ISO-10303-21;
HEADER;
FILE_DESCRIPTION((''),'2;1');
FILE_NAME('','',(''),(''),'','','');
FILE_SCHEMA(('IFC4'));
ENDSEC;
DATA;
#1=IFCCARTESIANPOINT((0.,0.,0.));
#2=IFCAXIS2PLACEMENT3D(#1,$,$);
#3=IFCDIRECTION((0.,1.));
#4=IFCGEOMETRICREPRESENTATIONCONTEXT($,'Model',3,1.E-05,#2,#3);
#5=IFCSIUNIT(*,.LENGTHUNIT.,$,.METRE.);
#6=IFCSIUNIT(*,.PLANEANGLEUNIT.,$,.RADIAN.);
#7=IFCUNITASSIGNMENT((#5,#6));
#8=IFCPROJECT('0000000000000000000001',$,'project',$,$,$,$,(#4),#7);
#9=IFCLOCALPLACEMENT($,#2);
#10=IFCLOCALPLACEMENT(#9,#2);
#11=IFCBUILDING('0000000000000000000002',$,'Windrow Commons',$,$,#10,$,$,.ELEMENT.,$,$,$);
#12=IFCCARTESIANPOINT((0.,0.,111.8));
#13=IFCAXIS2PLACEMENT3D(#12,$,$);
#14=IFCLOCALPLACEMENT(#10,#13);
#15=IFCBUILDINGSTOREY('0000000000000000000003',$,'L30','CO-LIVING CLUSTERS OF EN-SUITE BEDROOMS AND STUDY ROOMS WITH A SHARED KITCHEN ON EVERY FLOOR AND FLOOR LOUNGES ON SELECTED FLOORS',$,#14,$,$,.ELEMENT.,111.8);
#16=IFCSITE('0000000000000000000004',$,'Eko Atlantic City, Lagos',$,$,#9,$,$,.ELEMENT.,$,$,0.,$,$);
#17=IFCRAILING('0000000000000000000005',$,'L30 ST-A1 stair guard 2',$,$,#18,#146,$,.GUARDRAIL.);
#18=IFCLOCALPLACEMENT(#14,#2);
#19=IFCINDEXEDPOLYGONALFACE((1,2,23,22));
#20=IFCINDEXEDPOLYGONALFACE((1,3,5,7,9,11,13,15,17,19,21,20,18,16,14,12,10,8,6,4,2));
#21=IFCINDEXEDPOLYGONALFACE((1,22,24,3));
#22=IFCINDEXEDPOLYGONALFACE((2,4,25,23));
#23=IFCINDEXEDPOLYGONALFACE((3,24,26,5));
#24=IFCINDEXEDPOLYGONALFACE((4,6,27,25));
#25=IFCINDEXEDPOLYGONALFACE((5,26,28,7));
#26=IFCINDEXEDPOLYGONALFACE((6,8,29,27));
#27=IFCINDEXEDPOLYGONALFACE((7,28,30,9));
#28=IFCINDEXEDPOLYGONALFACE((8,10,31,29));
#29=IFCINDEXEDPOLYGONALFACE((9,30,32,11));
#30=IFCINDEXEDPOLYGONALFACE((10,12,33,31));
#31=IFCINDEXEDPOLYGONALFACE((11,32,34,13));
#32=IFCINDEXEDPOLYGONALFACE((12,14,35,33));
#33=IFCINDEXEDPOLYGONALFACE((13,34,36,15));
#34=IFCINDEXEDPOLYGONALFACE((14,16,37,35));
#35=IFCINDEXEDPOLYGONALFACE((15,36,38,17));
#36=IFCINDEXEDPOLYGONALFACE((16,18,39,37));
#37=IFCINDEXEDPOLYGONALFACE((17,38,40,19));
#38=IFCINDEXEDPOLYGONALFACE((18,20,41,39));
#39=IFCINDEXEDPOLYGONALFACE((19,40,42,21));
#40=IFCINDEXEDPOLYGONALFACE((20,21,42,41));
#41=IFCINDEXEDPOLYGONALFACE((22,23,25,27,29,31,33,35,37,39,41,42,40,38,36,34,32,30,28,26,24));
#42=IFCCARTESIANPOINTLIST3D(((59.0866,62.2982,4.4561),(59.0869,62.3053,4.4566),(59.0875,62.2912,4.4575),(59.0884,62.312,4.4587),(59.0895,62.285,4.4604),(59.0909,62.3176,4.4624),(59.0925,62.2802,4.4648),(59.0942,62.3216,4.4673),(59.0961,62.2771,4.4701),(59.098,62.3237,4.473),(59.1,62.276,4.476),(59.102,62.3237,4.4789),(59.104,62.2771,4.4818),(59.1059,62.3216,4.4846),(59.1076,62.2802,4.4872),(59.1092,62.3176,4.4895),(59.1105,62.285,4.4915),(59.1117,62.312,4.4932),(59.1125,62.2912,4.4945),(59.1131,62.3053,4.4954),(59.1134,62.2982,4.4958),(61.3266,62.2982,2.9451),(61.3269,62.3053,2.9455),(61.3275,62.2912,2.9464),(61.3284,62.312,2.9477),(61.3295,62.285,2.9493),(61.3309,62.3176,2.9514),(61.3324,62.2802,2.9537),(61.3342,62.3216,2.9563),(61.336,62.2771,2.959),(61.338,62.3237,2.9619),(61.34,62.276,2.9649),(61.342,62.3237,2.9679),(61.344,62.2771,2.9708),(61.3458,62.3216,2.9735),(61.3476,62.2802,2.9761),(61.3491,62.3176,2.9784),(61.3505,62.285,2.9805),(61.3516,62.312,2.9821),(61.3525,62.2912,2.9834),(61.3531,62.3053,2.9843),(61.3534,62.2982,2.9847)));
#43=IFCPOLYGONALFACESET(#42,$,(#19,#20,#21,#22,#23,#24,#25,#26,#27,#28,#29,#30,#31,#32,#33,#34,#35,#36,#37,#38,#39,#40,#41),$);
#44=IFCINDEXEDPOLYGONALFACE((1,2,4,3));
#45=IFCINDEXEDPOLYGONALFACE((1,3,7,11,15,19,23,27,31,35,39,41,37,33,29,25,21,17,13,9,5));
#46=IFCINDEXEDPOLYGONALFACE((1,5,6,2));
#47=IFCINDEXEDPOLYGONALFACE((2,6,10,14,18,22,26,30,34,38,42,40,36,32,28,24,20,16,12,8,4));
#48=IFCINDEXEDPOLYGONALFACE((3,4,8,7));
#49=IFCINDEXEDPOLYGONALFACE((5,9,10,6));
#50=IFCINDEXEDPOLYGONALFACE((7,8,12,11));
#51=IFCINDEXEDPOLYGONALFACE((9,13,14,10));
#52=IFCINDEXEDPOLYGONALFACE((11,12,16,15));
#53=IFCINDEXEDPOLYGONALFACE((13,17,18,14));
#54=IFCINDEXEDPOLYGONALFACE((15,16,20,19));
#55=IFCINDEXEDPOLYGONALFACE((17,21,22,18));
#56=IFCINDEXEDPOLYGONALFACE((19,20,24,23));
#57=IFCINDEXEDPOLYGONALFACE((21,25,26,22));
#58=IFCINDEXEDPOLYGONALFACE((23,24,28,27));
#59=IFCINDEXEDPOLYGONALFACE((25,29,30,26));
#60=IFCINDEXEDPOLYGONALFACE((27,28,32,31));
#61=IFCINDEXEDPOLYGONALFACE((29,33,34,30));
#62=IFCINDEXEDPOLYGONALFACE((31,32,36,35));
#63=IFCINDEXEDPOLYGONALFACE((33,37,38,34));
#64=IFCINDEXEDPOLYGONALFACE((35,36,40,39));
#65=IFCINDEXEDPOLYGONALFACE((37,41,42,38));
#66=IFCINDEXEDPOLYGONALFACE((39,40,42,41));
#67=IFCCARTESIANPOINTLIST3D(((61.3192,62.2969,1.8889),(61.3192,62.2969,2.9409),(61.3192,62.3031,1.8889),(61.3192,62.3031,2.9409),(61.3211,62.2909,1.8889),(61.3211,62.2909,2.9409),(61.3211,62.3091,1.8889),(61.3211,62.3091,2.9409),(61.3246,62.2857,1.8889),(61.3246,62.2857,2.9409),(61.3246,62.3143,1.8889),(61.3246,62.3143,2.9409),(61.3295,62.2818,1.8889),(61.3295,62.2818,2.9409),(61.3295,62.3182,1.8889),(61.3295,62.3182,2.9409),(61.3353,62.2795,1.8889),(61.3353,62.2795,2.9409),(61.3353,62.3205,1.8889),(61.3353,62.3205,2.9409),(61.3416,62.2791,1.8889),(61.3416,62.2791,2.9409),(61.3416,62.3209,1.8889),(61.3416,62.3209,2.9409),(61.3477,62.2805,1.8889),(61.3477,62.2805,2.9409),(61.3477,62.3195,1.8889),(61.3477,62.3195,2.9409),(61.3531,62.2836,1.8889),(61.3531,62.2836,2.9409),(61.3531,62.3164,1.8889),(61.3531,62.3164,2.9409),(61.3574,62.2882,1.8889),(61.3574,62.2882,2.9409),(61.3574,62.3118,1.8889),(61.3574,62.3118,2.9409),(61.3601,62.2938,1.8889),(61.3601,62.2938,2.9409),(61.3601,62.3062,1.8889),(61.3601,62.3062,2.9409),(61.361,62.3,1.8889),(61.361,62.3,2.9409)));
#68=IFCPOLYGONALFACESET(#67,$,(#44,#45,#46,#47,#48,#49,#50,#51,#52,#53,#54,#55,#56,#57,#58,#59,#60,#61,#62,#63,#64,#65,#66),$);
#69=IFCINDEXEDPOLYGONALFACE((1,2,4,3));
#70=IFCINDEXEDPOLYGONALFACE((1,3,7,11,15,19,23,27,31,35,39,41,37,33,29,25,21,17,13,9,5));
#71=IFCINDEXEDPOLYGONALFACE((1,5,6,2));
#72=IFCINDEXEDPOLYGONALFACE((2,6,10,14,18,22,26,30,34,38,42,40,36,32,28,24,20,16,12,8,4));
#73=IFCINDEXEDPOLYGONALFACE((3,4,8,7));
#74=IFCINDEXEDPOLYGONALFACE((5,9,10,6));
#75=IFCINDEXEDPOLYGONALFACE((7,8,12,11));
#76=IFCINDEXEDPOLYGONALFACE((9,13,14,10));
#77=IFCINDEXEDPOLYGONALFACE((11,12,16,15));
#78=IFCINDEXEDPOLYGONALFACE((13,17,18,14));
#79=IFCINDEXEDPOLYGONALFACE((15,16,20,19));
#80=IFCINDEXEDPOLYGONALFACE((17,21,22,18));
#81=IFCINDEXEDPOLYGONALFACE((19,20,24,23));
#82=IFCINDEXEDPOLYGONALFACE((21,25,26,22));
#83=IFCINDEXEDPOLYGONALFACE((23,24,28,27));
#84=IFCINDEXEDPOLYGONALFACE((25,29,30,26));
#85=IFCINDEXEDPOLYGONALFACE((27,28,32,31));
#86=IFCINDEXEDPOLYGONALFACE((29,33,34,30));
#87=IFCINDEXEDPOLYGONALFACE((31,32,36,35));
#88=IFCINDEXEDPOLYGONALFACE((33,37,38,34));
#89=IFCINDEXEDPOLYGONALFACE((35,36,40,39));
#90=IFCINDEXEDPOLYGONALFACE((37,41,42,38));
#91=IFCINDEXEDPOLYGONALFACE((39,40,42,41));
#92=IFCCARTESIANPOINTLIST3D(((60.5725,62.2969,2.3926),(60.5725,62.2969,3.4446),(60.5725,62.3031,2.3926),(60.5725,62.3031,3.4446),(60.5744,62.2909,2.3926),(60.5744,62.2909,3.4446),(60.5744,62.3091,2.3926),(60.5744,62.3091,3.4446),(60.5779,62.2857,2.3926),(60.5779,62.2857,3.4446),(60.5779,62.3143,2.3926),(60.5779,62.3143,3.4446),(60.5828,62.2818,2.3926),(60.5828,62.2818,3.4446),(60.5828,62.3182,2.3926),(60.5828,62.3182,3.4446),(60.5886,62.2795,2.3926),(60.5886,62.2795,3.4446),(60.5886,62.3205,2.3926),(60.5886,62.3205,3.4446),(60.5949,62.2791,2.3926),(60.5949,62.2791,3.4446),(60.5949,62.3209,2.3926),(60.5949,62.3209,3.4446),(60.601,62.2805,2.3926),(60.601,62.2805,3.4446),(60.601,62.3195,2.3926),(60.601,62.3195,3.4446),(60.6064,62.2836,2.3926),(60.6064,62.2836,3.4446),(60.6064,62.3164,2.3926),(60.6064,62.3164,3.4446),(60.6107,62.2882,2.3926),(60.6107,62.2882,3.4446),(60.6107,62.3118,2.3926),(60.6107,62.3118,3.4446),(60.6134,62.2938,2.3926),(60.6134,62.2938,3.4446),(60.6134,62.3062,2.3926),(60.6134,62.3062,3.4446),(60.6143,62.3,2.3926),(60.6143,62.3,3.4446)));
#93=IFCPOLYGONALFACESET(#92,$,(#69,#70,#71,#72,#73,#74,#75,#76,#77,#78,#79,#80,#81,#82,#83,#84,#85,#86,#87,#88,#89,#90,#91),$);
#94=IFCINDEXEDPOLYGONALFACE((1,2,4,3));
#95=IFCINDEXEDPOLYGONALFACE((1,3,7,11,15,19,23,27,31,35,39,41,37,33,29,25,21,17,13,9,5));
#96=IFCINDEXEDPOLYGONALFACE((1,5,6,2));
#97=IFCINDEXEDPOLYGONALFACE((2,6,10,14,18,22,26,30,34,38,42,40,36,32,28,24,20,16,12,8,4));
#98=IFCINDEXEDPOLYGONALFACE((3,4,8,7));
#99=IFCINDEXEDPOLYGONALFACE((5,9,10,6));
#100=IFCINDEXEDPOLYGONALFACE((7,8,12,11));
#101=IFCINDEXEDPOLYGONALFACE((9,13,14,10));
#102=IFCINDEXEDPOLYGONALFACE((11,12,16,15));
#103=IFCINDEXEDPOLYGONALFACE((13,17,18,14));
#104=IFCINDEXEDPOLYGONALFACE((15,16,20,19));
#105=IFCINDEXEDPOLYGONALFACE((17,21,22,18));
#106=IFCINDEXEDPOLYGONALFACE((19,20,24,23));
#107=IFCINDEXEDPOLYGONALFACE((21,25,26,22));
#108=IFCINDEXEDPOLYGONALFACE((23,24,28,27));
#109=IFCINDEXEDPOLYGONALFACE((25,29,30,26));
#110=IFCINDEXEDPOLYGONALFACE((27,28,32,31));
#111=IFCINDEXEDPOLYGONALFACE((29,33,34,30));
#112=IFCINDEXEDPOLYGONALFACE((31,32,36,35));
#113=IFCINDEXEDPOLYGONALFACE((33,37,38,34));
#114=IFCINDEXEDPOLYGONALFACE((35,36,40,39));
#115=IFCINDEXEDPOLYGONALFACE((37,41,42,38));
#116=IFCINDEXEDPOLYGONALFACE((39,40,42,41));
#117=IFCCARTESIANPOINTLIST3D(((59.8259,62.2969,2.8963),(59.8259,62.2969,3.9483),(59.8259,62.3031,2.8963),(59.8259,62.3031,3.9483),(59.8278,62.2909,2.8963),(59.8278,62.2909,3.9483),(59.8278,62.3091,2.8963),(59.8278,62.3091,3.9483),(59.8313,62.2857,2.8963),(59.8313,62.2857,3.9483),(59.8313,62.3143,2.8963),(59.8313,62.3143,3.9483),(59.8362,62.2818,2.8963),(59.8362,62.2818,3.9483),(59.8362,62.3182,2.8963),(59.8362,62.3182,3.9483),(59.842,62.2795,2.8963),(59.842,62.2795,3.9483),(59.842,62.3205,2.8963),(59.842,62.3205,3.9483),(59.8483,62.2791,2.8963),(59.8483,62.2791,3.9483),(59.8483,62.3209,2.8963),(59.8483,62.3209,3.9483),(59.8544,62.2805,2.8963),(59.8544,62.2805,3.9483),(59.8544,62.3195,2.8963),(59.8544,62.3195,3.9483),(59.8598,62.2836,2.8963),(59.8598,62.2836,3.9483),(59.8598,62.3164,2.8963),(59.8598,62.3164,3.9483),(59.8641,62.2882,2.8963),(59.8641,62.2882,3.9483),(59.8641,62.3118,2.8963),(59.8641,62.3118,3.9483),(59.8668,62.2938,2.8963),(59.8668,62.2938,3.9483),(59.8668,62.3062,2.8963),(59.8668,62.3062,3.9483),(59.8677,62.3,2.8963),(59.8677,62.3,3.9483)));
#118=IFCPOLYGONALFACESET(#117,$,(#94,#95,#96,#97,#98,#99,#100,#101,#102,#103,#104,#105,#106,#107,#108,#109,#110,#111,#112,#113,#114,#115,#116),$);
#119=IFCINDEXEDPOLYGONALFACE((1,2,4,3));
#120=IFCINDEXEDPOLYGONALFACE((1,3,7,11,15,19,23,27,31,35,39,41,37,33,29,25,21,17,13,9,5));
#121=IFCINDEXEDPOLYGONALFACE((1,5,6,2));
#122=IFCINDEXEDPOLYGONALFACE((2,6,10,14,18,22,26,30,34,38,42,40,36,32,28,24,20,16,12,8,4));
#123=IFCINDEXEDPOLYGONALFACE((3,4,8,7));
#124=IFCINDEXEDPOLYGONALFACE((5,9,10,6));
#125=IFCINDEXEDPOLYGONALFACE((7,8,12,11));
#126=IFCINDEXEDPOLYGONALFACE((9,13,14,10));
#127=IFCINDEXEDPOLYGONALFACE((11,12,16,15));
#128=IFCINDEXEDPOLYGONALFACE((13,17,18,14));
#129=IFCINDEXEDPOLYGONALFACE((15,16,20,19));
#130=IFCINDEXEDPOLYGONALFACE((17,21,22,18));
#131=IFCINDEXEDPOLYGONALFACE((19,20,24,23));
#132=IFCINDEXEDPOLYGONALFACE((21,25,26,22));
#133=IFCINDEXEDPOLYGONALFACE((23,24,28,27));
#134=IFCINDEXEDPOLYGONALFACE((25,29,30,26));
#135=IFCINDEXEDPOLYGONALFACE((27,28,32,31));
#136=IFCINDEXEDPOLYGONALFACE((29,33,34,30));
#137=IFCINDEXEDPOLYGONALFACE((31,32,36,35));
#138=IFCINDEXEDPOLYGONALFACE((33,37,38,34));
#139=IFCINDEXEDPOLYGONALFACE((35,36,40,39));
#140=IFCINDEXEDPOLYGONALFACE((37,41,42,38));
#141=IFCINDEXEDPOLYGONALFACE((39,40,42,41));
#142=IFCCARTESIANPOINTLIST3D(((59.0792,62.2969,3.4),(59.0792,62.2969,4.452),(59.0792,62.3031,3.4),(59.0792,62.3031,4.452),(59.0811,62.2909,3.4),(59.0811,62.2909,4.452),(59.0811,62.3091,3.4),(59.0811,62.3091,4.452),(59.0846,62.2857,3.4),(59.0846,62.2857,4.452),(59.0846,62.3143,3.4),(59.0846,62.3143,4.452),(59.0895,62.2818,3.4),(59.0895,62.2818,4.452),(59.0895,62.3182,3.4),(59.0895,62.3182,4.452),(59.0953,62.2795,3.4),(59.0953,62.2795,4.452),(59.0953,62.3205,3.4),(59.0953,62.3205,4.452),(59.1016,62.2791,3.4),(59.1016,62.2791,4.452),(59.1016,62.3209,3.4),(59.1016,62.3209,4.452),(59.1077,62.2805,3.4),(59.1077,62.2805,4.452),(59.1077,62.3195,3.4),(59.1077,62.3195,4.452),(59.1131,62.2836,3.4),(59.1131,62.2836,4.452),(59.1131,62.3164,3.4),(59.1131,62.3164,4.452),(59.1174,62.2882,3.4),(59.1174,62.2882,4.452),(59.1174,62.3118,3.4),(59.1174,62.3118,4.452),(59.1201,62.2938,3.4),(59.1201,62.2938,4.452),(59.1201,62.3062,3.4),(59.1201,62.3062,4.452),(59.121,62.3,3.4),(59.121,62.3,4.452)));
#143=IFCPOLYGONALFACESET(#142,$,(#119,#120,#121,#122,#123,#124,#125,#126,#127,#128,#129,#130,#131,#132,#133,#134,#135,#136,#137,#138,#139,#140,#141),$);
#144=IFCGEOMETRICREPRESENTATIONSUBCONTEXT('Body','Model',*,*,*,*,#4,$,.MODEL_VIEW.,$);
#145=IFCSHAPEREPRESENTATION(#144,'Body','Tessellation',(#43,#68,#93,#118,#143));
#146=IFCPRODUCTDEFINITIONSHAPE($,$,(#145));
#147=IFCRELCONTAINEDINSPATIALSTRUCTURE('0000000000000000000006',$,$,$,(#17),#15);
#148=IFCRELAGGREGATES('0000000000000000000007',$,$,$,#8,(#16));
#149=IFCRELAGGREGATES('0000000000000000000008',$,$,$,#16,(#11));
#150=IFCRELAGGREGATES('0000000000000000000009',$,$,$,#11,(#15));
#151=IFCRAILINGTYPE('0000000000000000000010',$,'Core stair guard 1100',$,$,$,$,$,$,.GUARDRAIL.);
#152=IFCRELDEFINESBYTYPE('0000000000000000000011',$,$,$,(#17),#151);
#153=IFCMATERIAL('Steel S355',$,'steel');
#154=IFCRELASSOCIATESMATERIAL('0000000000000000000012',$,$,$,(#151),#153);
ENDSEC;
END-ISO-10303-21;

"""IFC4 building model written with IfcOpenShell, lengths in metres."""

from ifc_helpers import new_model, si_unit, direction, frame, origin, origin_2d, place, context, subcontext, project, spatial, circle, extrude, material, type_object, element, save


model = new_model("IFC4")

# Units and contexts
model_context = context("Model", 3, precision=1e-05, world=origin(), true_north=direction((0.0, 1.0)))
body_context = subcontext(model_context, "Body", "Model", "MODEL_VIEW")
ifc_project = project(units=[si_unit("LENGTHUNIT", "METRE"), si_unit("PLANEANGLEUNIT", "RADIAN")], contexts=[model_context])

# Site, building, storey
site_placement = place(None, origin())
site = spatial("IfcSite", under=ifc_project, at=site_placement, Name="Eko Atlantic City, Lagos", CompositionType="ELEMENT", RefElevation=0.0)
building_placement = place(site_placement, origin())
building = spatial("IfcBuilding", under=site, at=building_placement, Name="Windrow Commons", CompositionType="ELEMENT")
storey_placement = place(building_placement, frame((0.0, 0.0, 111.8)))
storey = spatial("IfcBuildingStorey", under=building, at=storey_placement, Name="L30", Description="CO-LIVING CLUSTERS OF EN-SUITE BEDROOMS AND STUDY ROOMS WITH A SHARED KITCHEN ON EVERY FLOOR AND FLOOR LOUNGES ON SELECTED FLOORS", CompositionType="ELEMENT", Elevation=111.8)

# Railing
ifc_material_1 = material(Name="Steel S355", Category="steel")
railing_type_1 = type_object("IfcRailingType", Name="Core stair guard 1100", PredefinedType="GUARDRAIL", material=ifc_material_1)
railing_1_placement = place(storey_placement, frame((61.34, 62.3, 1.8889)))
element("IfcRailing", 1, at=railing_1_placement, inside=storey, type_object=railing_type_1, Name="L30 ST-A1 stair guard 2", PredefinedType="GUARDRAIL", context=body_context, shape_type="SweptSolid", body=[
    extrude(circle(Radius=0.024, at=origin_2d()), frame((0.0, 0.0, 1.076), z_axis=(-0.829003, 0.0, 0.559244), x_axis=(0.0, -1.0, 0.0)), (0.0, 0.0, 1.0), 2.702),
    extrude(circle(Radius=0.021, at=origin_2d()), origin(), (0.0, 0.0, 1.0), 1.052),
    extrude(circle(Radius=0.021, at=origin_2d()), frame((-0.7467, 0.0, 0.5037)), (0.0, 0.0, 1.0), 1.052),
    extrude(circle(Radius=0.021, at=origin_2d()), frame((-1.4933, 0.0, 1.0074)), (0.0, 0.0, 1.0), 1.052),
    extrude(circle(Radius=0.021, at=origin_2d()), frame((-2.24, 0.0, 1.5111)), (0.0, 0.0, 1.0), 1.052),
])

save(model, "model.ifc")
